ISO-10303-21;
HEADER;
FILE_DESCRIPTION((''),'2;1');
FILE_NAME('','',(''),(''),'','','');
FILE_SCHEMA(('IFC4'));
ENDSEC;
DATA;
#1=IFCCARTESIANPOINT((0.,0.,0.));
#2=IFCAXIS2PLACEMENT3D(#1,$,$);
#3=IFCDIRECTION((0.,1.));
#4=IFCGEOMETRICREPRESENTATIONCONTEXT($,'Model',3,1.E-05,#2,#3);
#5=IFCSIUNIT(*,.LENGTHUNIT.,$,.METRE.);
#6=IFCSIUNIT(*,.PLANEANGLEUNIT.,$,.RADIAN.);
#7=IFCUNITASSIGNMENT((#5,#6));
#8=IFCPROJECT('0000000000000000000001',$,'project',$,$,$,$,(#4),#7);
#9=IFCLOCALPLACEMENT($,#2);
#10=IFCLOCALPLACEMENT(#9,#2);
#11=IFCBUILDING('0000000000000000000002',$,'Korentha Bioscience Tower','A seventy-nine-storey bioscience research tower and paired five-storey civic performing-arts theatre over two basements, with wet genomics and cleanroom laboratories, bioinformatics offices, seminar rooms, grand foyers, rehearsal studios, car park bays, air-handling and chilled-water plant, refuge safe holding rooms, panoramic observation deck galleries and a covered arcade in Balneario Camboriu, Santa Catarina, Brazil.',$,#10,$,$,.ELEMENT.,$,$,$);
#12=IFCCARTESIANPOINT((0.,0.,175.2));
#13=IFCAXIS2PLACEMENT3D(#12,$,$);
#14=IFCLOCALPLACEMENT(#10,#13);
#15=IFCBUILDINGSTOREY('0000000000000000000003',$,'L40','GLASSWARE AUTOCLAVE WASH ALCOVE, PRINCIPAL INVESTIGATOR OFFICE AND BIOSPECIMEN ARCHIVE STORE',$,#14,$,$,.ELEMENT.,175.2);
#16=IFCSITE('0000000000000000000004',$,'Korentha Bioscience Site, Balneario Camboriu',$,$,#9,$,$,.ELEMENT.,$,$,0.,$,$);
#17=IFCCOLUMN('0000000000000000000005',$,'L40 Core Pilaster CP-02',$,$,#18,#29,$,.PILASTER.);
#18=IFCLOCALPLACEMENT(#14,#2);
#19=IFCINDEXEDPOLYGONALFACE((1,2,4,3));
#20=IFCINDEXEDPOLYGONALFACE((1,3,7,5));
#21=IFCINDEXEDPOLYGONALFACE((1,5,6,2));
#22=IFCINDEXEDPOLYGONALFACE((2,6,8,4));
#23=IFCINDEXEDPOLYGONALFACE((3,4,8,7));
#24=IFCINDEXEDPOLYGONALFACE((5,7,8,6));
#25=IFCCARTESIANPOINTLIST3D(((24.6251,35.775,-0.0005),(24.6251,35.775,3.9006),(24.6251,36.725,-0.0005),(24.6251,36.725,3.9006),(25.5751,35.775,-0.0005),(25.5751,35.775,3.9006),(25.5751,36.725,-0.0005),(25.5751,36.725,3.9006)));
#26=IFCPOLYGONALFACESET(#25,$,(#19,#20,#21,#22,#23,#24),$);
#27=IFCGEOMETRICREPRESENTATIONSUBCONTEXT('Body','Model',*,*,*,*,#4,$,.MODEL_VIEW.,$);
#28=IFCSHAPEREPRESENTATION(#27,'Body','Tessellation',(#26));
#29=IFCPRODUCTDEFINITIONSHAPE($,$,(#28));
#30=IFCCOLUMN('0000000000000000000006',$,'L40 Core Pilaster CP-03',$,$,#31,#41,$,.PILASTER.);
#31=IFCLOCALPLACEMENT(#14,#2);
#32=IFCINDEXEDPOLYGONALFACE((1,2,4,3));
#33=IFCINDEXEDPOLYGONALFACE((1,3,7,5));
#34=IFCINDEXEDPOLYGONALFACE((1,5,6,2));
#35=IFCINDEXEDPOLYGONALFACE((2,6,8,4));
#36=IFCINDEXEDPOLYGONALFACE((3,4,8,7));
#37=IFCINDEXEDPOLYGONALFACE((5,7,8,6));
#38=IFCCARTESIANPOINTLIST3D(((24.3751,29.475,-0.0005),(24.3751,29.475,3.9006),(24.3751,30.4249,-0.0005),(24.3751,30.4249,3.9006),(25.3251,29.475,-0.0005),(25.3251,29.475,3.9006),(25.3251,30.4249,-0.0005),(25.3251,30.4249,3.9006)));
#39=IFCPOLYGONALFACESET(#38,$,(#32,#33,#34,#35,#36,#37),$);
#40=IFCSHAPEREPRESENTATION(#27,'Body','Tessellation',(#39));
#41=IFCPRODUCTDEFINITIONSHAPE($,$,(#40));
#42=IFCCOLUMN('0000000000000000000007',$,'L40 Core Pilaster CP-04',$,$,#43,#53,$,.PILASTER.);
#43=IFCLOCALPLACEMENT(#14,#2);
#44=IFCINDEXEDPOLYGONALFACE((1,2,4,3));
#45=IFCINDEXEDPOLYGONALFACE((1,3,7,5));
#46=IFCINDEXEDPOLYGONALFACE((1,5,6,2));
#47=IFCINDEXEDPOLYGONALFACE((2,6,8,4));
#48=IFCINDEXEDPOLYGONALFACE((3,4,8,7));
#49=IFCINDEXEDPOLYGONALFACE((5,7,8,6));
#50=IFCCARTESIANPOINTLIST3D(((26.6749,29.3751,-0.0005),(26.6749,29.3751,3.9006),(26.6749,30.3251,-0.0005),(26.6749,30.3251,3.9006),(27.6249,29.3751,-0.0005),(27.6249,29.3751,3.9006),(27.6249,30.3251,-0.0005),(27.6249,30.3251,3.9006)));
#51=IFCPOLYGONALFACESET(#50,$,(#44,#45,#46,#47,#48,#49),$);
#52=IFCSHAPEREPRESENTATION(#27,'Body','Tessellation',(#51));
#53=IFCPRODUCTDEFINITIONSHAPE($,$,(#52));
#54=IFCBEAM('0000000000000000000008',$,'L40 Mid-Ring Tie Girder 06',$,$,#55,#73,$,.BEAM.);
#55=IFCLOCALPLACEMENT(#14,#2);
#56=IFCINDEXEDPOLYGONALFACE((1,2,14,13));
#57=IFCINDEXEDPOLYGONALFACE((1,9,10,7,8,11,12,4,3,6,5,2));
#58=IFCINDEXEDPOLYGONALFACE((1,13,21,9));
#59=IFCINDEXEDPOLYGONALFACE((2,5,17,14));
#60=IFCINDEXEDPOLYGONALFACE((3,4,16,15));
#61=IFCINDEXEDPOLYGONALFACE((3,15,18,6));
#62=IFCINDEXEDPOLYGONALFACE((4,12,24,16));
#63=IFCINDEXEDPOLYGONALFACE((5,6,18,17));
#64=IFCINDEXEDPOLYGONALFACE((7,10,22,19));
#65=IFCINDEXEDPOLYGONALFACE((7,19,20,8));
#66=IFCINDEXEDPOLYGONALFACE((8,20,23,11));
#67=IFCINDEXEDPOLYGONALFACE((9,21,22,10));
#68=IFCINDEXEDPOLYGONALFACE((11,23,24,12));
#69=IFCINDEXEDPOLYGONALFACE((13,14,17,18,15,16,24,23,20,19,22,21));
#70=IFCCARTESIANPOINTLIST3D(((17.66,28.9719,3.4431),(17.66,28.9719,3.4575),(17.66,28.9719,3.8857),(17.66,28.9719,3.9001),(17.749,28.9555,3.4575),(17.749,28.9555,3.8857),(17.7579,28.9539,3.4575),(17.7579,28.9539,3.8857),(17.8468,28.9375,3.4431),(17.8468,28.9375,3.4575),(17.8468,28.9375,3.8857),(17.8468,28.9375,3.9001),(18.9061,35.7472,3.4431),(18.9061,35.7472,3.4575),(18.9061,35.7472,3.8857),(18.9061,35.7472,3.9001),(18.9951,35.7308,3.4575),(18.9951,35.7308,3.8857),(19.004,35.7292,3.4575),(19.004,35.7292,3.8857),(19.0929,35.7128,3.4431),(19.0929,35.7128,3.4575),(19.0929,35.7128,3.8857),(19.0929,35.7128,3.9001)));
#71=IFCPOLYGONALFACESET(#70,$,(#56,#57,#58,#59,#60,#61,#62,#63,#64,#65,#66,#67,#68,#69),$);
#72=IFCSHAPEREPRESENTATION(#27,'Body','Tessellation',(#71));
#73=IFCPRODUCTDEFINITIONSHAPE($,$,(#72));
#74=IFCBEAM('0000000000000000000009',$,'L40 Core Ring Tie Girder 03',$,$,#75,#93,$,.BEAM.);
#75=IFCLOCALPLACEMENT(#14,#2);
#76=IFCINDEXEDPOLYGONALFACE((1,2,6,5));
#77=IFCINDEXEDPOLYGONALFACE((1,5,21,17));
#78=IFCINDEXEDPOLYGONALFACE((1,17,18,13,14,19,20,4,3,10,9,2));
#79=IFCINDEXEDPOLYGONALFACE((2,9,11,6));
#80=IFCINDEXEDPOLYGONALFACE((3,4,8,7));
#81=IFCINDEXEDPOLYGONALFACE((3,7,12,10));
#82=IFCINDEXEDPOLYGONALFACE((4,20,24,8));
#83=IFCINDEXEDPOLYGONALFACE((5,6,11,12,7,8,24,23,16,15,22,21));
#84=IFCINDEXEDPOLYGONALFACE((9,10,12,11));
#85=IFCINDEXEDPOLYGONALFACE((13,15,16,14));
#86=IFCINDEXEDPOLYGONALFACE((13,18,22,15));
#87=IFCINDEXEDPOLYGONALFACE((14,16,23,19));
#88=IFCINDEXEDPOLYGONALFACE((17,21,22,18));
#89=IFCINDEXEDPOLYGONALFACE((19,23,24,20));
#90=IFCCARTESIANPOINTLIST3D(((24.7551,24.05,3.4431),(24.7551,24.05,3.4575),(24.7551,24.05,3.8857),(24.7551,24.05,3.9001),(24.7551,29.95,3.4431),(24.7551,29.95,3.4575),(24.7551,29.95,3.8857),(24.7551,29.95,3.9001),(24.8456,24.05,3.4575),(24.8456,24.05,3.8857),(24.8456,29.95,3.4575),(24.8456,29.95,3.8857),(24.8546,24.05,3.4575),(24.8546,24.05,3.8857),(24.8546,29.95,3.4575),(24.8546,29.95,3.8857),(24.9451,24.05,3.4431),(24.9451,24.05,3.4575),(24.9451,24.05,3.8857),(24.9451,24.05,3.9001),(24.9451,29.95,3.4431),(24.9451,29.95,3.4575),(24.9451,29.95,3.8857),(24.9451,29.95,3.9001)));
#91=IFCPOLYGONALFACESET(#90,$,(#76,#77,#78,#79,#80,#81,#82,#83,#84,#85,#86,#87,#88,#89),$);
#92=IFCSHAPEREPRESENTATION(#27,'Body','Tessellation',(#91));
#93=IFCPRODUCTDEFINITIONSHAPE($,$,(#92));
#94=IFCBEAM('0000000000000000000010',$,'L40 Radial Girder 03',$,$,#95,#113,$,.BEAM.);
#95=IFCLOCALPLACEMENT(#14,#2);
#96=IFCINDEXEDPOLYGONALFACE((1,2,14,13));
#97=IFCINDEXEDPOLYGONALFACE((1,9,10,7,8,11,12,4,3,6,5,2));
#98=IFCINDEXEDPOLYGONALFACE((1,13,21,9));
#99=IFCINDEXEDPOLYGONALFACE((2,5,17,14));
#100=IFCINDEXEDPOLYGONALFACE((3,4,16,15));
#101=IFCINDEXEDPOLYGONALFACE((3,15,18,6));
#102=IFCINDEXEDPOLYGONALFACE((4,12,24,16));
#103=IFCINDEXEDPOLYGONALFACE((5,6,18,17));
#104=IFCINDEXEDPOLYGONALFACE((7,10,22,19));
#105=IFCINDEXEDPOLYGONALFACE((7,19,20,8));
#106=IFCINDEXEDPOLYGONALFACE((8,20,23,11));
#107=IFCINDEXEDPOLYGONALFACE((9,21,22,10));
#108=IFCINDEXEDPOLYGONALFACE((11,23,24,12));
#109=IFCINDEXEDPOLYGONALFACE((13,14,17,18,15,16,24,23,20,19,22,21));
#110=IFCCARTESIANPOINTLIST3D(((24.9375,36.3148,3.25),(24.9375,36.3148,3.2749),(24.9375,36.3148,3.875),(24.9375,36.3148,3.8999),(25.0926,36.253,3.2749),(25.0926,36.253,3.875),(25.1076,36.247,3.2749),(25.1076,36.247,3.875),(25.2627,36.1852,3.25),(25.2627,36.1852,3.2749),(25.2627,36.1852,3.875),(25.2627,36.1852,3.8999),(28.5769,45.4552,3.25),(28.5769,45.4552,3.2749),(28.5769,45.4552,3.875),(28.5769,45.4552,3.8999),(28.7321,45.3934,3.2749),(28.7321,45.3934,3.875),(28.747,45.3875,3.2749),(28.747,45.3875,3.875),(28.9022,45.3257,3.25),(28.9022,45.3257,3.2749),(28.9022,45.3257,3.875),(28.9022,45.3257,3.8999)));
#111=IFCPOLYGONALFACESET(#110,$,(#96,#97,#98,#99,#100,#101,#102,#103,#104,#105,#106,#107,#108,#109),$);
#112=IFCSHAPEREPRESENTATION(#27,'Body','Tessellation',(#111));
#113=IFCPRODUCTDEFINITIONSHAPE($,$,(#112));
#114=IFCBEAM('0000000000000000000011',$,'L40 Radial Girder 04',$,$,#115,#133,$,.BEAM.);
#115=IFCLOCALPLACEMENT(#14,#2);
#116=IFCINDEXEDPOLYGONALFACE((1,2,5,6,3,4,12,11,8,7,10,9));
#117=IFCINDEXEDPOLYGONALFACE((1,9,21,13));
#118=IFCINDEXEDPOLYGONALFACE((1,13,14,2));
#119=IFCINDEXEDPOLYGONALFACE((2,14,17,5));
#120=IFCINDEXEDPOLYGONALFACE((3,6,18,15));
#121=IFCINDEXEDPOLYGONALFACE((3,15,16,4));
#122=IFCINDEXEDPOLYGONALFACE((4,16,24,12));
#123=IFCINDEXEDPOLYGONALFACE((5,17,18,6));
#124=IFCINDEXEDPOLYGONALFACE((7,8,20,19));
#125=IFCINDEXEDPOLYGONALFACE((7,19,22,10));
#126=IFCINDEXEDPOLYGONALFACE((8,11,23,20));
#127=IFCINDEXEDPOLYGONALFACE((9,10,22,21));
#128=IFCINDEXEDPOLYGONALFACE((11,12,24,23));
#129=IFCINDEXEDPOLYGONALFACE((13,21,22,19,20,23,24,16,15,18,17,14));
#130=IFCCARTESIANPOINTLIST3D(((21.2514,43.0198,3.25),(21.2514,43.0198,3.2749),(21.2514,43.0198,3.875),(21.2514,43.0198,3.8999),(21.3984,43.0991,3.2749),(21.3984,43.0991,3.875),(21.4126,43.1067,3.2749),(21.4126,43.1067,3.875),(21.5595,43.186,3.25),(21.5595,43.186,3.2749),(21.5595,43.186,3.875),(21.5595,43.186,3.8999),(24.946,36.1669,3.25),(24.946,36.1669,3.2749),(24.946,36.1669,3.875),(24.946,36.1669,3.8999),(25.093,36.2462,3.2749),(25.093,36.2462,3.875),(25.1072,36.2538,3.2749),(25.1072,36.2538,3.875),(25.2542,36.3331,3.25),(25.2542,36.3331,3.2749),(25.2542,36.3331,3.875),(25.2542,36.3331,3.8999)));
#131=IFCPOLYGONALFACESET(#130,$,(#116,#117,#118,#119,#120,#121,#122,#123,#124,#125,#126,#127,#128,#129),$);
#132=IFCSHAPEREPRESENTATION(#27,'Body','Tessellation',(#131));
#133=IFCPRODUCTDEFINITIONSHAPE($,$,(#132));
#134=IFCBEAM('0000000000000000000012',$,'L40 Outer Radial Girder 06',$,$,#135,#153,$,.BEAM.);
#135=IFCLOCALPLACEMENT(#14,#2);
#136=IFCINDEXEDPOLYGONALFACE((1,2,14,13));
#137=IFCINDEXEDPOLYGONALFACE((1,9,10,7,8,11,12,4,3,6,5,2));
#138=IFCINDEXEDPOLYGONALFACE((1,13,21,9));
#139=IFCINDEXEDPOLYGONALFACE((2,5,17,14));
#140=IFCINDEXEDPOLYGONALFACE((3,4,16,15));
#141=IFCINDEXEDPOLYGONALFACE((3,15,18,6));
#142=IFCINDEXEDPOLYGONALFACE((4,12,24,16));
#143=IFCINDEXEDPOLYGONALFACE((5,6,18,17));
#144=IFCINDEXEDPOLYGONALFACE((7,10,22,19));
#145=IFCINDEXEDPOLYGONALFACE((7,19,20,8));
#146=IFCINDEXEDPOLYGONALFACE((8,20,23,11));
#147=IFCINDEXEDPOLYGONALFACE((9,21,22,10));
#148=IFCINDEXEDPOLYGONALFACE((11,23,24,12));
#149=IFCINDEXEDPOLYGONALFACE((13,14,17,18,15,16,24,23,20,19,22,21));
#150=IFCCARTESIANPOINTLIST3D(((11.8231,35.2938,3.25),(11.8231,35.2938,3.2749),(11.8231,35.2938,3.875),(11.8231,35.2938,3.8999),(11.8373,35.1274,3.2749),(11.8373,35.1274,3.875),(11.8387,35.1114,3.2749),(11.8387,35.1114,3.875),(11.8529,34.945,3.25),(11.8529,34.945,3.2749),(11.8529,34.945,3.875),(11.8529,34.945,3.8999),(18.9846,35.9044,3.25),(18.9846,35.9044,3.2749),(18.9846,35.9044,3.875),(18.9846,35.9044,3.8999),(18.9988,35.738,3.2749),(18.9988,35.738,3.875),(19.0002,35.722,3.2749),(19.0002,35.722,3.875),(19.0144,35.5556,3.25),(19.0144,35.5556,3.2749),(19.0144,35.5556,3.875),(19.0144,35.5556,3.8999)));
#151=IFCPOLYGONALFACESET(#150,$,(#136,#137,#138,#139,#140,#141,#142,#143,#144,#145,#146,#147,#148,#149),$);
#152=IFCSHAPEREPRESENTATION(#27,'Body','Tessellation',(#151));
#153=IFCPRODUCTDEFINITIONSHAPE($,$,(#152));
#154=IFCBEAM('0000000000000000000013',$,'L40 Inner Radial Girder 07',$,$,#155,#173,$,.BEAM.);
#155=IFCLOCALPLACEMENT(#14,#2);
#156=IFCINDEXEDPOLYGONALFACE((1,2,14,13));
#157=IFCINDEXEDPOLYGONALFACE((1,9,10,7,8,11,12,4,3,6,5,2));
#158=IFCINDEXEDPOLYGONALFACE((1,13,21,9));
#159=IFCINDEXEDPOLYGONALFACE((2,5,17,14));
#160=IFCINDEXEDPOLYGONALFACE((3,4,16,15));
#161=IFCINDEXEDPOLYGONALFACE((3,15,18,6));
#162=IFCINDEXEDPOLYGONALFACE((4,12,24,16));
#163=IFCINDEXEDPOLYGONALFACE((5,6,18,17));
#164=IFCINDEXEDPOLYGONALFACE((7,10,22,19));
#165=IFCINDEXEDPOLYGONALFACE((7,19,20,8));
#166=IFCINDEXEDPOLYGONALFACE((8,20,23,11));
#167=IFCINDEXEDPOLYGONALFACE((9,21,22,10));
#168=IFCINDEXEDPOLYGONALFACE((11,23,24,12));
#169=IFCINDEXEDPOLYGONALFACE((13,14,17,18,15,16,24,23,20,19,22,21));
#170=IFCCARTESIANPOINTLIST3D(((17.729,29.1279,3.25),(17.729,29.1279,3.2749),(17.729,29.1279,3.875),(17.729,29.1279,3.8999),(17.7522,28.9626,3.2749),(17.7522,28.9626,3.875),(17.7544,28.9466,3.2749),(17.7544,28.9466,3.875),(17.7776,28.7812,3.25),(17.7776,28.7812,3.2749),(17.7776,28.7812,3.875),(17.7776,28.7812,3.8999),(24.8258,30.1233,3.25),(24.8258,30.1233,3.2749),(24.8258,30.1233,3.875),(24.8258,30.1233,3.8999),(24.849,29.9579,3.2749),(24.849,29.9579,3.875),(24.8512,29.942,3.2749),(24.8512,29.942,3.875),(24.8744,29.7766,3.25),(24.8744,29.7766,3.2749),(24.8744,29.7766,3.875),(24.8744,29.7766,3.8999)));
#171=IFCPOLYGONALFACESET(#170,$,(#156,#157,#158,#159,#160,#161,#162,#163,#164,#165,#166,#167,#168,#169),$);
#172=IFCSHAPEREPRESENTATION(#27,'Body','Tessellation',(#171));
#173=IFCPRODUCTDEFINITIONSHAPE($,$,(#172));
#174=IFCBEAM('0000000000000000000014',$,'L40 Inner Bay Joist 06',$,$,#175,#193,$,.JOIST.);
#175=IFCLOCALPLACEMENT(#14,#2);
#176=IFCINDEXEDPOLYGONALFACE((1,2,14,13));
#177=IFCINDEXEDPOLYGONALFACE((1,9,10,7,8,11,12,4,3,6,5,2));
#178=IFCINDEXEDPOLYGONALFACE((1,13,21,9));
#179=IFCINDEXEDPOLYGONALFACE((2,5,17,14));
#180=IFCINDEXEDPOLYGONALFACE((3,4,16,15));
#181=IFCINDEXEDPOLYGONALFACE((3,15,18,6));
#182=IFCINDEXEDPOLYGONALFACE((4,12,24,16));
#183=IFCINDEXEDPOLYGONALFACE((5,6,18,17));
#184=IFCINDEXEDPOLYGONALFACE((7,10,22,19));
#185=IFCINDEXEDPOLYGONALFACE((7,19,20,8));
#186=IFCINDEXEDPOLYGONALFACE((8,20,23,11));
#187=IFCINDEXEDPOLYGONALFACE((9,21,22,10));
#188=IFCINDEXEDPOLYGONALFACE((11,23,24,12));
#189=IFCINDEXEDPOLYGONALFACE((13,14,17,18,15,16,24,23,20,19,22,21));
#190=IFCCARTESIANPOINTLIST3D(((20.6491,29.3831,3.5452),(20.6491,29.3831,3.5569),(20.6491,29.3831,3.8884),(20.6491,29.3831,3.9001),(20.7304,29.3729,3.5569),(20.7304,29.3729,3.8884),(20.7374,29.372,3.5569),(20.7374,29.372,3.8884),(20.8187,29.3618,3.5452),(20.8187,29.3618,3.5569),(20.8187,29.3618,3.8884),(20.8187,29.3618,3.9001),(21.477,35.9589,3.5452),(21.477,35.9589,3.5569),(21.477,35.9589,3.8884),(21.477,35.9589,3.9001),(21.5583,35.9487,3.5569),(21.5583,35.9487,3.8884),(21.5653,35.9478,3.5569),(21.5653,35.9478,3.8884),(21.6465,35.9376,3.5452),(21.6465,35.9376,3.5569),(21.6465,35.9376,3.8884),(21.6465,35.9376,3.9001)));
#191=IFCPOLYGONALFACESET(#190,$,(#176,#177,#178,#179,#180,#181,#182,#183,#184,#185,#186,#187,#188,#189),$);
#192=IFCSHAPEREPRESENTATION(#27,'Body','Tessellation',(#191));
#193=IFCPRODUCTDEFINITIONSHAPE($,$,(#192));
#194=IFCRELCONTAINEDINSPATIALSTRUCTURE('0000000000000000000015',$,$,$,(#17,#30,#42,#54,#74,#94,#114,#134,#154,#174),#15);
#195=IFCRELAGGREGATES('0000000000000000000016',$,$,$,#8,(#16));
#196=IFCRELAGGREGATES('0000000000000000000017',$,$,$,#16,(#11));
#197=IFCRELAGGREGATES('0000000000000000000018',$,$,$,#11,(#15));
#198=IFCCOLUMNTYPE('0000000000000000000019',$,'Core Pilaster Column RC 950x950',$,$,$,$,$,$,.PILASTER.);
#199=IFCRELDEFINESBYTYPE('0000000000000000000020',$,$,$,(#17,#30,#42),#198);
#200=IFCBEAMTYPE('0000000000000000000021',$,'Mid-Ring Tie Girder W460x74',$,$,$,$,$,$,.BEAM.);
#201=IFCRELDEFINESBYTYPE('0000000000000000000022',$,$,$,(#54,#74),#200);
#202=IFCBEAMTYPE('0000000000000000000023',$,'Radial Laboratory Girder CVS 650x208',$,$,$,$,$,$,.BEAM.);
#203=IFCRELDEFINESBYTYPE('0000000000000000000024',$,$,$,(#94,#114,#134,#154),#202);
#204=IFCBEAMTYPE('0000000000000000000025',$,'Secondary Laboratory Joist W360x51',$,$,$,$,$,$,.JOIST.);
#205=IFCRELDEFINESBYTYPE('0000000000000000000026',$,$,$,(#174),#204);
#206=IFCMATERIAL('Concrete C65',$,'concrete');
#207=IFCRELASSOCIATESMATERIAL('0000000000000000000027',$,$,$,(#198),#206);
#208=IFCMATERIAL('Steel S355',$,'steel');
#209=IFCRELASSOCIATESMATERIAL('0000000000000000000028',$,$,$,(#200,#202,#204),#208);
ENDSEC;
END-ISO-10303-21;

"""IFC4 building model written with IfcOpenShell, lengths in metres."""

from ifc_helpers import new_model, si_unit, direction, frame, origin, origin_2d, place, context, subcontext, project, spatial, rectangle, i_section, extrude, material, material_profile, profile_set, type_object, element, save


model = new_model("IFC4")

# Units and contexts
model_context = context("Model", 3, precision=1e-05, world=origin(), true_north=direction((0.0, 1.0)))
body_context = subcontext(model_context, "Body", "Model", "MODEL_VIEW")
ifc_project = project(units=[si_unit("LENGTHUNIT", "METRE"), si_unit("PLANEANGLEUNIT", "RADIAN")], contexts=[model_context])

# Site, building, storey
site_placement = place(None, origin())
site = spatial("IfcSite", under=ifc_project, at=site_placement, Name="Korentha Bioscience Site, Balneario Camboriu", CompositionType="ELEMENT", RefElevation=0.0)
building_placement = place(site_placement, origin())
building = spatial("IfcBuilding", under=site, at=building_placement, Name="Korentha Bioscience Tower", Description="A seventy-nine-storey bioscience research tower and paired five-storey civic performing-arts theatre over two basements, with wet genomics and cleanroom laboratories, bioinformatics offices, seminar rooms, grand foyers, rehearsal studios, car park bays, air-handling and chilled-water plant, refuge safe holding rooms, panoramic observation deck galleries and a covered arcade in Balneario Camboriu, Santa Catarina, Brazil.", CompositionType="ELEMENT")
storey_placement = place(building_placement, frame((0.0, 0.0, 175.2)))
storey = spatial("IfcBuildingStorey", under=building, at=storey_placement, Name="L40", Description="GLASSWARE AUTOCLAVE WASH ALCOVE, PRINCIPAL INVESTIGATOR OFFICE AND BIOSPECIMEN ARCHIVE STORE", CompositionType="ELEMENT", Elevation=175.2)

# Columns
ifc_material_1 = material(Name="Concrete C65", Category="concrete")
ifc_material_profile_1 = material_profile(ifc_material_1, rectangle(XDim=0.95, YDim=0.95, at=origin_2d()), Name="Concrete C65")
ifc_profile_set_1 = profile_set([ifc_material_profile_1], Name="Concrete C65 (COL-CP09)")
column_type = type_object("IfcColumnType", Name="Core Pilaster Column RC 950x950", PredefinedType="PILASTER", material=ifc_profile_set_1)
for number, where, z_axis, x_axis, name in (
    (1, (25.1001, 36.25, -0.0005), (0.0, 0.0, 1.0), (1.0, 0.0, 0.0), "L40 Core Pilaster CP-02"),
    (2, (24.8501, 29.95, -0.0005), (0.0, 0.0, 1.0), (1.0, 0.0, 0.0), "L40 Core Pilaster CP-03"),
    (3, (27.1499, 29.8501, -0.0005), (0.0, 0.0, 1.0), (1.0, 0.0, 0.0), "L40 Core Pilaster CP-04"),
):
    element("IfcColumn", number, at=place(storey_placement, frame(where, z_axis=z_axis, x_axis=x_axis)), inside=storey, type_object=column_type, Name=name, PredefinedType="PILASTER", context=body_context, shape_type="SweptSolid", body=[
        extrude(rectangle(XDim=0.95, YDim=0.95, at=origin_2d()), origin(), (0.0, 0.0, 1.0), 3.9011),
    ])

# Beams
ifc_material_2 = material(Name="Steel S355", Category="steel")
ifc_material_profile_2 = material_profile(ifc_material_2, i_section(OverallWidth=0.1899, OverallDepth=0.457, WebThickness=0.009, FlangeThickness=0.0144, at=origin_2d()), Name="Steel S355")
ifc_profile_set_2 = profile_set([ifc_material_profile_2], Name="Steel S355 (MB-460)")
beam_type_1 = type_object("IfcBeamType", Name="Mid-Ring Tie Girder W460x74", PredefinedType="BEAM", material=ifc_profile_set_2)
beam_1_placement = place(storey_placement, frame((18.9995, 35.73, 3.6716), z_axis=(-0.180881, -0.983505, 0.0), x_axis=(0.983505, -0.180881, 0.0)))
element("IfcBeam", 4, at=beam_1_placement, inside=storey, type_object=beam_type_1, Name="L40 Mid-Ring Tie Girder 06", PredefinedType="BEAM", context=body_context, shape_type="SweptSolid", body=[
    extrude(i_section(OverallWidth=0.1899, OverallDepth=0.457, WebThickness=0.009, FlangeThickness=0.0144, at=origin_2d()), origin(), (0.0, 0.0, 1.0), 6.8889),
])
beam_2_placement = place(storey_placement, frame((24.8501, 29.95, 3.6716), z_axis=(0.0, -1.0, 0.0), x_axis=(1.0, 0.0, 0.0)))
element("IfcBeam", 5, at=beam_2_placement, inside=storey, type_object=beam_type_1, Name="L40 Core Ring Tie Girder 03", PredefinedType="BEAM", context=body_context, shape_type="SweptSolid", body=[
    extrude(i_section(OverallWidth=0.1899, OverallDepth=0.457, WebThickness=0.009, FlangeThickness=0.0144, at=origin_2d()), origin(), (0.0, 0.0, 1.0), 5.8999),
])
ifc_material_profile_3 = material_profile(ifc_material_2, i_section(OverallWidth=0.3501, OverallDepth=0.6499, WebThickness=0.0161, FlangeThickness=0.0249, at=origin_2d()), Name="Steel S355")
ifc_profile_set_3 = profile_set([ifc_material_profile_3], Name="Steel S355 (RB-650)")
beam_type_2 = type_object("IfcBeamType", Name="Radial Laboratory Girder CVS 650x208", PredefinedType="BEAM", material=ifc_profile_set_3)
beam_3_placement = place(storey_placement, frame((25.1001, 36.25, 3.575), z_axis=(0.369923, 0.929063, 0.0), x_axis=(-0.929063, 0.369923, 0.0)))
element("IfcBeam", 6, at=beam_3_placement, inside=storey, type_object=beam_type_2, Name="L40 Radial Girder 03", PredefinedType="BEAM", context=body_context, shape_type="SweptSolid", body=[
    extrude(i_section(OverallWidth=0.3501, OverallDepth=0.6499, WebThickness=0.0161, FlangeThickness=0.0249, at=origin_2d()), origin(), (0.0, 0.0, 1.0), 9.8384),
])
beam_4_placement = place(storey_placement, frame((25.1001, 36.25, 3.575), z_axis=(-0.47456, 0.880223, 0.0), x_axis=(-0.880223, -0.47456, 0.0)))
element("IfcBeam", 7, at=beam_4_placement, inside=storey, type_object=beam_type_2, Name="L40 Radial Girder 04", PredefinedType="BEAM", context=body_context, shape_type="SweptSolid", body=[
    extrude(i_section(OverallWidth=0.3501, OverallDepth=0.6499, WebThickness=0.0161, FlangeThickness=0.0249, at=origin_2d()), origin(), (0.0, 0.0, 1.0), 7.7854),
])
beam_5_placement = place(storey_placement, frame((18.9995, 35.73, 3.575), z_axis=(-0.996385, -0.084951, 0.0), x_axis=(0.084951, -0.996385, 0.0)))
element("IfcBeam", 8, at=beam_5_placement, inside=storey, type_object=beam_type_2, Name="L40 Outer Radial Girder 06", PredefinedType="BEAM", context=body_context, shape_type="SweptSolid", body=[
    extrude(i_section(OverallWidth=0.3501, OverallDepth=0.6499, WebThickness=0.0161, FlangeThickness=0.0249, at=origin_2d()), origin(), (0.0, 0.0, 1.0), 7.1875),
])
beam_6_placement = place(storey_placement, frame((24.8501, 29.95, 3.575), z_axis=(-0.990307, -0.138898, 0.0), x_axis=(0.138898, -0.990307, 0.0)))
element("IfcBeam", 9, at=beam_6_placement, inside=storey, type_object=beam_type_2, Name="L40 Inner Radial Girder 07", PredefinedType="BEAM", context=body_context, shape_type="SweptSolid", body=[
    extrude(i_section(OverallWidth=0.3501, OverallDepth=0.6499, WebThickness=0.0161, FlangeThickness=0.0249, at=origin_2d()), origin(), (0.0, 0.0, 1.0), 7.1663),
])
ifc_material_profile_4 = material_profile(ifc_material_2, i_section(OverallWidth=0.1709, OverallDepth=0.355, WebThickness=0.0071, FlangeThickness=0.0117, at=origin_2d()), Name="Steel S355")
ifc_profile_set_4 = profile_set([ifc_material_profile_4], Name="Steel S355 (JB-360)")
beam_type_3 = type_object("IfcBeamType", Name="Secondary Laboratory Joist W360x51", PredefinedType="JOIST", material=ifc_profile_set_4)
beam_7_placement = place(storey_placement, frame((21.5618, 35.9482, 3.7227), z_axis=(-0.124914, -0.992168, 0.0), x_axis=(0.992168, -0.124914, 0.0)))
element("IfcBeam", 10, at=beam_7_placement, inside=storey, type_object=beam_type_3, Name="L40 Inner Bay Joist 06", PredefinedType="JOIST", context=body_context, shape_type="SweptSolid", body=[
    extrude(i_section(OverallWidth=0.1709, OverallDepth=0.355, WebThickness=0.0071, FlangeThickness=0.0117, at=origin_2d()), origin(), (0.0, 0.0, 1.0), 6.6277),
])

save(model, "model.ifc")
